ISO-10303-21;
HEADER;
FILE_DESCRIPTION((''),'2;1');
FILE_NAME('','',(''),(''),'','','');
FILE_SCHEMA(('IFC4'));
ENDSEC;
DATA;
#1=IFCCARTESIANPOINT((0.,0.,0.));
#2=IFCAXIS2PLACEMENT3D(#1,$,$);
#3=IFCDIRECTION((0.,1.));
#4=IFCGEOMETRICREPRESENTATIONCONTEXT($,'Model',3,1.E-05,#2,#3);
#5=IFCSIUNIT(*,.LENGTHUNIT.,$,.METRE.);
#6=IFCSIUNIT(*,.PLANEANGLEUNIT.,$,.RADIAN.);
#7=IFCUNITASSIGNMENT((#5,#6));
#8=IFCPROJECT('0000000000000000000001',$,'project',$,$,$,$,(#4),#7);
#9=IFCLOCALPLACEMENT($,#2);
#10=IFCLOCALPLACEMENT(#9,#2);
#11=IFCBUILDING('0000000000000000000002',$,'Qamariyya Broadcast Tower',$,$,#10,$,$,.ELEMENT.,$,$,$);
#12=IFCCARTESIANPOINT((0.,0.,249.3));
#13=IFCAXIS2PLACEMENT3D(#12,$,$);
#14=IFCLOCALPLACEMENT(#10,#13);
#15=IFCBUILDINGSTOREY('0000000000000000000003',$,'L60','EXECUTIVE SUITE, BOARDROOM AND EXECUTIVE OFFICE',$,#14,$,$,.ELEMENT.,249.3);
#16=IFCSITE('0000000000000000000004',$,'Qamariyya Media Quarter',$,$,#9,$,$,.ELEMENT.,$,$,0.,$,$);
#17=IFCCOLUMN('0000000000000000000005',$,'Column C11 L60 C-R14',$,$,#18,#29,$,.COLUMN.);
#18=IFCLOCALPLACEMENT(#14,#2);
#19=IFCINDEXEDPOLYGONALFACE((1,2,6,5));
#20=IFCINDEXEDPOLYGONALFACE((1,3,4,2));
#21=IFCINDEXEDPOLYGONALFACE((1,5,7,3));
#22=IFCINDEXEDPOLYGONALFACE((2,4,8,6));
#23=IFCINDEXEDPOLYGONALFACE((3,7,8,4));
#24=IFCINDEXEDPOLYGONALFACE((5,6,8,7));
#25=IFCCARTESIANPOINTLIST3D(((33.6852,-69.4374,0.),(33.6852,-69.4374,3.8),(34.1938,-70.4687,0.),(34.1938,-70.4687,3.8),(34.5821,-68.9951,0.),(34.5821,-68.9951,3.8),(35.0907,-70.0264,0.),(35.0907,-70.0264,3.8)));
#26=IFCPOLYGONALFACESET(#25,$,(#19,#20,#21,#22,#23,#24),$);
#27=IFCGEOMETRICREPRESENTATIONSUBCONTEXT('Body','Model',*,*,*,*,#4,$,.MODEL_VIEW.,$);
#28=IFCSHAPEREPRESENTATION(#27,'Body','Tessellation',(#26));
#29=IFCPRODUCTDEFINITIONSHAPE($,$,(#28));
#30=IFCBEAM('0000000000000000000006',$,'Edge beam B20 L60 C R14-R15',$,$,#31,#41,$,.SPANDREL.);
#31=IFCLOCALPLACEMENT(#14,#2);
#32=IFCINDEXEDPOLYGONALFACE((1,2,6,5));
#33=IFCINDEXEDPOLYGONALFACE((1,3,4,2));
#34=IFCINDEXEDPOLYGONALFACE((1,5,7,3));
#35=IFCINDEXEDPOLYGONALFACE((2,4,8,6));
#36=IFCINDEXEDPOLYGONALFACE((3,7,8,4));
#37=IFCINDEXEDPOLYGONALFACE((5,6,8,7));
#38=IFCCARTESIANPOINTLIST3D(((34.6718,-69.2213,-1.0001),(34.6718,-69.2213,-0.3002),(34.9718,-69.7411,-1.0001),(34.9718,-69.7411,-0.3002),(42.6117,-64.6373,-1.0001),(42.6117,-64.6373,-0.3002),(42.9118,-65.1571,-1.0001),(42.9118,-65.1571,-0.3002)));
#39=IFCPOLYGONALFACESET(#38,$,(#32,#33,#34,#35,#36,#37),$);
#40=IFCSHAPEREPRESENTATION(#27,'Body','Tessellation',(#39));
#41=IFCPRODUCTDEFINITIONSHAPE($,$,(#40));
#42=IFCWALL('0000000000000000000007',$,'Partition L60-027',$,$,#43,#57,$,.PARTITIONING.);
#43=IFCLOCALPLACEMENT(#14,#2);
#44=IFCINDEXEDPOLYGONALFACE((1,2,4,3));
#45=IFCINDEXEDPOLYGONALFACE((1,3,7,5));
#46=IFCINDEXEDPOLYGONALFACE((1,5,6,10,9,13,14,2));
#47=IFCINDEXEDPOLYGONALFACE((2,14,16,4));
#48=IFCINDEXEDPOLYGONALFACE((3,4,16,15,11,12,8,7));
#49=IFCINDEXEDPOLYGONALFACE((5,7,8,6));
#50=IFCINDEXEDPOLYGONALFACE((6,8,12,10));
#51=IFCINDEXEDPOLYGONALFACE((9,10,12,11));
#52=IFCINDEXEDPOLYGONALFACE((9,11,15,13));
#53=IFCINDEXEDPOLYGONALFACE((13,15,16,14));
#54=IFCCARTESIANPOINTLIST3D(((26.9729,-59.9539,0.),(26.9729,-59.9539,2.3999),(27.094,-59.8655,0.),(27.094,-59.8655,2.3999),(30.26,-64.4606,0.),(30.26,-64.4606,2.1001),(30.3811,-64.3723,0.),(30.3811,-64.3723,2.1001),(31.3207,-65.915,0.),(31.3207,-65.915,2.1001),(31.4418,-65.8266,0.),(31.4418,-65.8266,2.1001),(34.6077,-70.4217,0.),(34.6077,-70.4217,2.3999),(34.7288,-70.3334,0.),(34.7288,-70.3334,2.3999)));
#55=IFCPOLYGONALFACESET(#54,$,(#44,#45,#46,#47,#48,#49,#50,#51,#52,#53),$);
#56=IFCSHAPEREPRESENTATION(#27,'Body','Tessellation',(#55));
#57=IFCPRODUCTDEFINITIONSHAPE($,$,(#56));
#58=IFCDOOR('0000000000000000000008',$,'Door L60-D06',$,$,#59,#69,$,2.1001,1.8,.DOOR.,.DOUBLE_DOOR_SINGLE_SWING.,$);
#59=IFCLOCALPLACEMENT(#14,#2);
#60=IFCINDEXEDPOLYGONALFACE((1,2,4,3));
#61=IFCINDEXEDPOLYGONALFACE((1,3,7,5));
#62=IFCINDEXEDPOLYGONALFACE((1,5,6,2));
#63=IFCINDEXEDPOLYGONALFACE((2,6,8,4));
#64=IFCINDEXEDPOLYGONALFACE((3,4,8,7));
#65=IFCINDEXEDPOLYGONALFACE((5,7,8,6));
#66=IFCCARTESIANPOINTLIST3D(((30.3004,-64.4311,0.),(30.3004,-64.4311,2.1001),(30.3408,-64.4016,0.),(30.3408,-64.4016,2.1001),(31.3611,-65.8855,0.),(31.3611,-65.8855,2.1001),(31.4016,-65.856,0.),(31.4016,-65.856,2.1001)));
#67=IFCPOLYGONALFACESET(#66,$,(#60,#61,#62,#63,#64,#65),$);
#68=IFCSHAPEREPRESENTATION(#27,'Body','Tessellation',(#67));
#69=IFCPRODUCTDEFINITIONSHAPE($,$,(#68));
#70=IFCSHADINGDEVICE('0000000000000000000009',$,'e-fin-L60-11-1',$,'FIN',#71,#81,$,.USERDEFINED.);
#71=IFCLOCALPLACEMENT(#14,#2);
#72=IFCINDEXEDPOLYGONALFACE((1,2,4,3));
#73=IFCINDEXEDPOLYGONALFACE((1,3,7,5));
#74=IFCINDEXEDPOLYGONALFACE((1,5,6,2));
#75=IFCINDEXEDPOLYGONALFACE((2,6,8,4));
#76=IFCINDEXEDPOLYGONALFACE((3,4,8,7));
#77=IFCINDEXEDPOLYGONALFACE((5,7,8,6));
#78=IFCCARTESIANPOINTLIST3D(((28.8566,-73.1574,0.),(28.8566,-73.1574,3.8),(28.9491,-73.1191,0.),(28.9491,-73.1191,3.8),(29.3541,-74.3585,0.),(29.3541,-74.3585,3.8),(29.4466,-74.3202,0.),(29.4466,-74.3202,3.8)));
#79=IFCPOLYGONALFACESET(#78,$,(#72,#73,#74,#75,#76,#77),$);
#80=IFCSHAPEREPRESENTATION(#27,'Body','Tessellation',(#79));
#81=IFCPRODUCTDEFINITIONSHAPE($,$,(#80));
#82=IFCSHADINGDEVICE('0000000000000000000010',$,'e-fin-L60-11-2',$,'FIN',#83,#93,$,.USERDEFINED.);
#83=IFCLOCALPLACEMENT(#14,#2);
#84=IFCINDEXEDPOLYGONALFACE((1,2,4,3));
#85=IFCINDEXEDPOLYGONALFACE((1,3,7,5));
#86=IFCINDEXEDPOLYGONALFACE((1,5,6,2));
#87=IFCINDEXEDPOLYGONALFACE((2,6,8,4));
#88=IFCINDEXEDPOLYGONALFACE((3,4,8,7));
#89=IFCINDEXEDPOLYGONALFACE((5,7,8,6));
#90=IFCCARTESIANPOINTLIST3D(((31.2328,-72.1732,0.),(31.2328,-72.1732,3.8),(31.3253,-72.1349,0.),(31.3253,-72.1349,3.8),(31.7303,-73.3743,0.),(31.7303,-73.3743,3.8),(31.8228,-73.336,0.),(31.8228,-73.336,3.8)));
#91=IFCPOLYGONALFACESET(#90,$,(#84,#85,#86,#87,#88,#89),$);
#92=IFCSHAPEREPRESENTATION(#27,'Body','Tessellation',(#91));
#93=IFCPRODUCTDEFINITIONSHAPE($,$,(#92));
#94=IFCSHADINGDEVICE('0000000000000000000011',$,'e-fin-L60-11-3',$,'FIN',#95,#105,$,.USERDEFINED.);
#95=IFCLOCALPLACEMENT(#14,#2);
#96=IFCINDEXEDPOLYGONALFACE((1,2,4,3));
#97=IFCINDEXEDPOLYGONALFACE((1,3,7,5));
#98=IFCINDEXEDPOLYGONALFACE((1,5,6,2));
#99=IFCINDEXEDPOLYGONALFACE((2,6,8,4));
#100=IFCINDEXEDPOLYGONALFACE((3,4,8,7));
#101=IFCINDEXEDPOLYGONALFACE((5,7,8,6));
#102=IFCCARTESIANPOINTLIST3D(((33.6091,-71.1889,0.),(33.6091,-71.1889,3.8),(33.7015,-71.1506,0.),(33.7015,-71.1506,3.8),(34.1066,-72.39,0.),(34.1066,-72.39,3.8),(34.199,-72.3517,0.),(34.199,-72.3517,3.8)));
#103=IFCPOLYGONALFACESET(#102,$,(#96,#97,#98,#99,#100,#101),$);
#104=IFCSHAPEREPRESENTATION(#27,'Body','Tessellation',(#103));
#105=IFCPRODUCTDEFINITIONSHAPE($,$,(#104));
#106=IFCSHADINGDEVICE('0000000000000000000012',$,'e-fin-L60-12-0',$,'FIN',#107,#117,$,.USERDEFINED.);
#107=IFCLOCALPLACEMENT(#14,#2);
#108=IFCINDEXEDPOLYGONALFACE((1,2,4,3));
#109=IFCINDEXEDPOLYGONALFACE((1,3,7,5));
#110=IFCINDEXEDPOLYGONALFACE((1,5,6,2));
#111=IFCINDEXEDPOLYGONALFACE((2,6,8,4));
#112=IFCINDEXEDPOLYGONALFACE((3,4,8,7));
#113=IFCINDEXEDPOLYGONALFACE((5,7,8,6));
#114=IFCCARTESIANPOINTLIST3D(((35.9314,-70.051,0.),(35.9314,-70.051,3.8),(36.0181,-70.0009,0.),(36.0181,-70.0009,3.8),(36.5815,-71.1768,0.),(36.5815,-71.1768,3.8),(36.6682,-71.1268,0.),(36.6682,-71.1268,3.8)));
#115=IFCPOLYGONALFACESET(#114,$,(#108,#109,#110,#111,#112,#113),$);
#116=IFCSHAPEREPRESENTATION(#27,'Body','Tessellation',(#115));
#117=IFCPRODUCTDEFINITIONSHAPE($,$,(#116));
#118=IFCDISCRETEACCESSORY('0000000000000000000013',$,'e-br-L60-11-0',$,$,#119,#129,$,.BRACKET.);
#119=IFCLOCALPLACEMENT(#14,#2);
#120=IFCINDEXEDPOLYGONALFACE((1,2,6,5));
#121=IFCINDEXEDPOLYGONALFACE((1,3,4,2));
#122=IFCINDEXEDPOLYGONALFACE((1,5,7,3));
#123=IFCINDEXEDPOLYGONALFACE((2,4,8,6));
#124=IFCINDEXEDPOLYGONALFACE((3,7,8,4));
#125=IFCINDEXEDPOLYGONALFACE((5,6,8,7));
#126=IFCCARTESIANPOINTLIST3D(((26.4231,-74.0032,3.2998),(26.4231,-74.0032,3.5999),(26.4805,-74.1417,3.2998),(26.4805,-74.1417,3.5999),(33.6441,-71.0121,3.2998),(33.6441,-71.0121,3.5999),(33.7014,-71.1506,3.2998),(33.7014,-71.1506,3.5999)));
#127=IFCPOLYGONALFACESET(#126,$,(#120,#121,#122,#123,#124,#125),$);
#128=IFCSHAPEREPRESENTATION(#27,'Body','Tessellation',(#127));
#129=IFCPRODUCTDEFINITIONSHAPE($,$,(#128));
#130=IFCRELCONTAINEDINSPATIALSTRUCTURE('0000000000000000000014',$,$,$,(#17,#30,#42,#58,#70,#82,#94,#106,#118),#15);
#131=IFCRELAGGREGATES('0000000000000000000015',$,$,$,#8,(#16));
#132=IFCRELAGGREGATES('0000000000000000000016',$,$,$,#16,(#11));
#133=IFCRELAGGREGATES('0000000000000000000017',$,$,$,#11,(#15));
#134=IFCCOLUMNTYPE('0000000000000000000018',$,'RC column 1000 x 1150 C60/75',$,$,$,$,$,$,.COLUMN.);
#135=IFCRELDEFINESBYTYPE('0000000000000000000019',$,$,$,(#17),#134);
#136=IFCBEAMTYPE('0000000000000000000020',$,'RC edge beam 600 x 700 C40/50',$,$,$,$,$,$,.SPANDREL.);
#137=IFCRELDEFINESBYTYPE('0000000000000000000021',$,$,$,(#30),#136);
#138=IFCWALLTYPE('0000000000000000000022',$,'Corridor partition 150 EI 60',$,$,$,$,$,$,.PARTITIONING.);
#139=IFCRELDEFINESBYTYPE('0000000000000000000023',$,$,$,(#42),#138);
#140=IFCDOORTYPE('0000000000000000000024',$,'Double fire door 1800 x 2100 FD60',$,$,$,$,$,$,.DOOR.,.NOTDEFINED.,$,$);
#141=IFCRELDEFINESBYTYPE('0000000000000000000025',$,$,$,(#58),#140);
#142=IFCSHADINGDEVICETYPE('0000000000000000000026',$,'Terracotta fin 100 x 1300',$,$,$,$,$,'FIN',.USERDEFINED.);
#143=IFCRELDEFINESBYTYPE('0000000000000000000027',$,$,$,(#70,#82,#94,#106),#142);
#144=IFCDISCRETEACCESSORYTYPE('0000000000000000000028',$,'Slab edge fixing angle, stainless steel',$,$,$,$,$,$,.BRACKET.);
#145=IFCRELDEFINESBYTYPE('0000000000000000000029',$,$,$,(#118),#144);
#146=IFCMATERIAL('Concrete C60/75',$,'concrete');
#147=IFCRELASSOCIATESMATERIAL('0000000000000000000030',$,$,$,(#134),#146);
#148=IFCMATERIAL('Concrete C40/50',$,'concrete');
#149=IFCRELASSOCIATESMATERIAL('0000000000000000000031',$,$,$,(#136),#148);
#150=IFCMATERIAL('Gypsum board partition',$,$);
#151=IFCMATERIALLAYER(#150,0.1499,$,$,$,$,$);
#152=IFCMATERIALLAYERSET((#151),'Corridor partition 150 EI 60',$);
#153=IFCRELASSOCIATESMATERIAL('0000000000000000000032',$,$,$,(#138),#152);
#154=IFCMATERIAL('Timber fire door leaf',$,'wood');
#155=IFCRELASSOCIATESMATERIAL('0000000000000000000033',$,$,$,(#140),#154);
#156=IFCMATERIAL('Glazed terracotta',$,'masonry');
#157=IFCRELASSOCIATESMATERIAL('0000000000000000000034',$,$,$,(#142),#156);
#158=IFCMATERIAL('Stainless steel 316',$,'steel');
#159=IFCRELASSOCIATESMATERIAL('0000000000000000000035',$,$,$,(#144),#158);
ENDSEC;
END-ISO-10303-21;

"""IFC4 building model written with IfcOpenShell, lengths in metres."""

from ifc_helpers import new_model, si_unit, direction, frame, frame_2d, origin, origin_2d, place, context, subcontext, project, spatial, rectangle, extrude, material, layer, layer_set, material_profile, profile_set, type_object, element, fill, save


model = new_model("IFC4")

# Units and contexts
model_context = context("Model", 3, precision=1e-05, world=origin(), true_north=direction((0.0, 1.0)))
body_context = subcontext(model_context, "Body", "Model", "MODEL_VIEW")
ifc_project = project(units=[si_unit("LENGTHUNIT", "METRE"), si_unit("PLANEANGLEUNIT", "RADIAN")], contexts=[model_context])

# Site, building, storey
site_placement = place(None, origin())
site = spatial("IfcSite", under=ifc_project, at=site_placement, Name="Qamariyya Media Quarter", CompositionType="ELEMENT", RefElevation=0.0)
building_placement = place(site_placement, origin())
building = spatial("IfcBuilding", under=site, at=building_placement, Name="Qamariyya Broadcast Tower", CompositionType="ELEMENT")
storey_placement = place(building_placement, frame((0.0, 0.0, 249.3)))
storey = spatial("IfcBuildingStorey", under=building, at=storey_placement, Name="L60", Description="EXECUTIVE SUITE, BOARDROOM AND EXECUTIVE OFFICE", CompositionType="ELEMENT", Elevation=249.3)

# Column
ifc_material_1 = material(Name="Concrete C60/75", Category="concrete")
ifc_material_profile_1 = material_profile(ifc_material_1, rectangle(XDim=1.0, YDim=1.1499, at=origin_2d()))
ifc_profile_set_1 = profile_set([ifc_material_profile_1], Name="Concrete C60/75")
column_type = type_object("IfcColumnType", Name="RC column 1000 x 1150 C60/75", PredefinedType="COLUMN", material=ifc_profile_set_1)
column_placement = place(storey_placement, frame((34.3879, -69.7319, 0.0), z_axis=(0.0, 0.0, 1.0), x_axis=(0.896873, 0.442289, 0.0)))
element("IfcColumn", 1, at=column_placement, inside=storey, type_object=column_type, Name="Column C11 L60 C-R14", PredefinedType="COLUMN", context=body_context, shape_type="SweptSolid", body=[
    extrude(rectangle(XDim=1.0, YDim=1.1499, at=origin_2d()), origin(), (0.0, 0.0, 1.0), 3.8),
])

# Beam
ifc_material_2 = material(Name="Concrete C40/50", Category="concrete")
ifc_material_profile_2 = material_profile(ifc_material_2, rectangle(XDim=0.6001, YDim=0.7, at=origin_2d()))
ifc_profile_set_2 = profile_set([ifc_material_profile_2], Name="Concrete C40/50")
beam_type = type_object("IfcBeamType", Name="RC edge beam 600 x 700 C40/50", PredefinedType="SPANDREL", material=ifc_profile_set_2)
beam_placement = place(storey_placement, frame((34.8218, -69.4812, -0.6501), z_axis=(0.866032, 0.499988, 0.0), x_axis=(-0.499988, 0.866032, 0.0)))
element("IfcBeam", 2, at=beam_placement, inside=storey, type_object=beam_type, Name="Edge beam B20 L60 C R14-R15", PredefinedType="SPANDREL", context=body_context, shape_type="SweptSolid", body=[
    extrude(rectangle(XDim=0.6001, YDim=0.7, at=origin_2d()), origin(), (0.0, 0.0, 1.0), 9.1682),
])

# Wall, opening, door
ifc_material_3 = material(Name="Gypsum board partition")
ifc_layer = layer(ifc_material_3, 0.1499)
ifc_layer_set = layer_set([ifc_layer], Name="Corridor partition 150 EI 60")
wall_type = type_object("IfcWallType", Name="Corridor partition 150 EI 60", PredefinedType="PARTITIONING", material=ifc_layer_set)
wall_placement = place(storey_placement, frame((34.6682, -70.3774, 0.0), z_axis=(0.0, 0.0, 1.0), x_axis=(-0.589274, 0.807934, 0.0)))
wall = element("IfcWall", 3, at=wall_placement, inside=storey, type_object=wall_type, Name="Partition L60-027", PredefinedType="PARTITIONING", context=body_context, shape_type="SweptSolid", body=[
    extrude(rectangle(XDim=12.9563, YDim=0.1499, at=frame_2d((6.478, 0.0))), origin(), (0.0, 0.0, 1.0), 2.3999),
])
opening_placement = place(wall_placement, frame((5.5781, 0.0, 0.0)))
opening = element("IfcOpeningElement", 4, at=opening_placement, cuts=wall, PredefinedType="OPENING", context=body_context, shape_type="SweptSolid", body=[
    extrude(rectangle(XDim=1.8, YDim=2.1001, at=frame_2d((0.8999, 1.05))), frame((0.0, 0.085, 0.0), z_axis=(0.0, -1.0, 0.0), x_axis=(1.0, 0.0, 0.0)), (0.0, 0.0, 1.0), 0.1699),
])
ifc_material_4 = material(Name="Timber fire door leaf", Category="wood")
door_type = type_object("IfcDoorType", Name="Double fire door 1800 x 2100 FD60", OperationType="NOTDEFINED", PredefinedType="DOOR", material=ifc_material_4)
door_placement = place(opening_placement, origin())
door = element("IfcDoor", 5, at=door_placement, inside=storey, type_object=door_type, Name="Door L60-D06", OperationType="DOUBLE_DOOR_SINGLE_SWING", OverallHeight=2.1001, OverallWidth=1.8, PredefinedType="DOOR", context=body_context, shape_type="SweptSolid", body=[
    extrude(rectangle(XDim=1.8, YDim=2.1001, at=frame_2d((0.8999, 1.05))), frame((0.0, 0.0249, 0.0), z_axis=(0.0, -1.0, 0.0), x_axis=(1.0, 0.0, 0.0)), (0.0, 0.0, 1.0), 0.05),
])
fill(opening, door)

# Shading devices
ifc_material_5 = material(Name="Glazed terracotta", Category="masonry")
ifc_material_profile_3 = material_profile(ifc_material_5, rectangle(XDim=1.3, YDim=0.1001, at=origin_2d()))
ifc_profile_set_3 = profile_set([ifc_material_profile_3], Name="Glazed terracotta")
shading_device_type_1 = type_object("IfcShadingDeviceType", Name="Terracotta fin 100 x 1300", ElementType="FIN", PredefinedType="USERDEFINED", material=ifc_profile_set_3)
for number, where, z_axis, x_axis, name in (
    (6, (29.1516, -73.7388, 0.0), (0.0, 0.0, 1.0), (0.382683, -0.92388, 0.0), "e-fin-L60-11-1"),
    (7, (31.5278, -72.7546, 0.0), (0.0, 0.0, 1.0), (0.382683, -0.92388, 0.0), "e-fin-L60-11-2"),
    (8, (33.9041, -71.7703, 0.0), (0.0, 0.0, 1.0), (0.382683, -0.92388, 0.0), "e-fin-L60-11-3"),
    (9, (36.2998, -70.5889, 0.0), (0.0, 0.0, 1.0), (0.5, -0.866025, 0.0), "e-fin-L60-12-0"),
):
    element("IfcShadingDevice", number, at=place(storey_placement, frame(where, z_axis=z_axis, x_axis=x_axis)), inside=storey, type_object=shading_device_type_1, Name=name, ObjectType="FIN", PredefinedType="USERDEFINED", context=body_context, shape_type="SweptSolid", body=[
        extrude(rectangle(XDim=1.3, YDim=0.1001, at=origin_2d()), origin(), (0.0, 0.0, 1.0), 3.8),
    ])

# Discrete accessory
ifc_material_6 = material(Name="Stainless steel 316", Category="steel")
discrete_accessory_type = type_object("IfcDiscreteAccessoryType", Name="Slab edge fixing angle, stainless steel", PredefinedType="BRACKET", material=ifc_material_6)
discrete_accessory_placement = place(storey_placement, frame((30.0623, -72.5769, 3.2998), z_axis=(0.0, 0.0, 1.0), x_axis=(0.92388, 0.382683, 0.0)))
element("IfcDiscreteAccessory", 10, at=discrete_accessory_placement, inside=storey, type_object=discrete_accessory_type, Name="e-br-L60-11-0", PredefinedType="BRACKET", context=body_context, shape_type="SweptSolid", body=[
    extrude(rectangle(XDim=7.8159, YDim=0.1499, at=origin_2d()), origin(), (0.0, 0.0, 1.0), 0.3),
])

save(model, "model.ifc")
